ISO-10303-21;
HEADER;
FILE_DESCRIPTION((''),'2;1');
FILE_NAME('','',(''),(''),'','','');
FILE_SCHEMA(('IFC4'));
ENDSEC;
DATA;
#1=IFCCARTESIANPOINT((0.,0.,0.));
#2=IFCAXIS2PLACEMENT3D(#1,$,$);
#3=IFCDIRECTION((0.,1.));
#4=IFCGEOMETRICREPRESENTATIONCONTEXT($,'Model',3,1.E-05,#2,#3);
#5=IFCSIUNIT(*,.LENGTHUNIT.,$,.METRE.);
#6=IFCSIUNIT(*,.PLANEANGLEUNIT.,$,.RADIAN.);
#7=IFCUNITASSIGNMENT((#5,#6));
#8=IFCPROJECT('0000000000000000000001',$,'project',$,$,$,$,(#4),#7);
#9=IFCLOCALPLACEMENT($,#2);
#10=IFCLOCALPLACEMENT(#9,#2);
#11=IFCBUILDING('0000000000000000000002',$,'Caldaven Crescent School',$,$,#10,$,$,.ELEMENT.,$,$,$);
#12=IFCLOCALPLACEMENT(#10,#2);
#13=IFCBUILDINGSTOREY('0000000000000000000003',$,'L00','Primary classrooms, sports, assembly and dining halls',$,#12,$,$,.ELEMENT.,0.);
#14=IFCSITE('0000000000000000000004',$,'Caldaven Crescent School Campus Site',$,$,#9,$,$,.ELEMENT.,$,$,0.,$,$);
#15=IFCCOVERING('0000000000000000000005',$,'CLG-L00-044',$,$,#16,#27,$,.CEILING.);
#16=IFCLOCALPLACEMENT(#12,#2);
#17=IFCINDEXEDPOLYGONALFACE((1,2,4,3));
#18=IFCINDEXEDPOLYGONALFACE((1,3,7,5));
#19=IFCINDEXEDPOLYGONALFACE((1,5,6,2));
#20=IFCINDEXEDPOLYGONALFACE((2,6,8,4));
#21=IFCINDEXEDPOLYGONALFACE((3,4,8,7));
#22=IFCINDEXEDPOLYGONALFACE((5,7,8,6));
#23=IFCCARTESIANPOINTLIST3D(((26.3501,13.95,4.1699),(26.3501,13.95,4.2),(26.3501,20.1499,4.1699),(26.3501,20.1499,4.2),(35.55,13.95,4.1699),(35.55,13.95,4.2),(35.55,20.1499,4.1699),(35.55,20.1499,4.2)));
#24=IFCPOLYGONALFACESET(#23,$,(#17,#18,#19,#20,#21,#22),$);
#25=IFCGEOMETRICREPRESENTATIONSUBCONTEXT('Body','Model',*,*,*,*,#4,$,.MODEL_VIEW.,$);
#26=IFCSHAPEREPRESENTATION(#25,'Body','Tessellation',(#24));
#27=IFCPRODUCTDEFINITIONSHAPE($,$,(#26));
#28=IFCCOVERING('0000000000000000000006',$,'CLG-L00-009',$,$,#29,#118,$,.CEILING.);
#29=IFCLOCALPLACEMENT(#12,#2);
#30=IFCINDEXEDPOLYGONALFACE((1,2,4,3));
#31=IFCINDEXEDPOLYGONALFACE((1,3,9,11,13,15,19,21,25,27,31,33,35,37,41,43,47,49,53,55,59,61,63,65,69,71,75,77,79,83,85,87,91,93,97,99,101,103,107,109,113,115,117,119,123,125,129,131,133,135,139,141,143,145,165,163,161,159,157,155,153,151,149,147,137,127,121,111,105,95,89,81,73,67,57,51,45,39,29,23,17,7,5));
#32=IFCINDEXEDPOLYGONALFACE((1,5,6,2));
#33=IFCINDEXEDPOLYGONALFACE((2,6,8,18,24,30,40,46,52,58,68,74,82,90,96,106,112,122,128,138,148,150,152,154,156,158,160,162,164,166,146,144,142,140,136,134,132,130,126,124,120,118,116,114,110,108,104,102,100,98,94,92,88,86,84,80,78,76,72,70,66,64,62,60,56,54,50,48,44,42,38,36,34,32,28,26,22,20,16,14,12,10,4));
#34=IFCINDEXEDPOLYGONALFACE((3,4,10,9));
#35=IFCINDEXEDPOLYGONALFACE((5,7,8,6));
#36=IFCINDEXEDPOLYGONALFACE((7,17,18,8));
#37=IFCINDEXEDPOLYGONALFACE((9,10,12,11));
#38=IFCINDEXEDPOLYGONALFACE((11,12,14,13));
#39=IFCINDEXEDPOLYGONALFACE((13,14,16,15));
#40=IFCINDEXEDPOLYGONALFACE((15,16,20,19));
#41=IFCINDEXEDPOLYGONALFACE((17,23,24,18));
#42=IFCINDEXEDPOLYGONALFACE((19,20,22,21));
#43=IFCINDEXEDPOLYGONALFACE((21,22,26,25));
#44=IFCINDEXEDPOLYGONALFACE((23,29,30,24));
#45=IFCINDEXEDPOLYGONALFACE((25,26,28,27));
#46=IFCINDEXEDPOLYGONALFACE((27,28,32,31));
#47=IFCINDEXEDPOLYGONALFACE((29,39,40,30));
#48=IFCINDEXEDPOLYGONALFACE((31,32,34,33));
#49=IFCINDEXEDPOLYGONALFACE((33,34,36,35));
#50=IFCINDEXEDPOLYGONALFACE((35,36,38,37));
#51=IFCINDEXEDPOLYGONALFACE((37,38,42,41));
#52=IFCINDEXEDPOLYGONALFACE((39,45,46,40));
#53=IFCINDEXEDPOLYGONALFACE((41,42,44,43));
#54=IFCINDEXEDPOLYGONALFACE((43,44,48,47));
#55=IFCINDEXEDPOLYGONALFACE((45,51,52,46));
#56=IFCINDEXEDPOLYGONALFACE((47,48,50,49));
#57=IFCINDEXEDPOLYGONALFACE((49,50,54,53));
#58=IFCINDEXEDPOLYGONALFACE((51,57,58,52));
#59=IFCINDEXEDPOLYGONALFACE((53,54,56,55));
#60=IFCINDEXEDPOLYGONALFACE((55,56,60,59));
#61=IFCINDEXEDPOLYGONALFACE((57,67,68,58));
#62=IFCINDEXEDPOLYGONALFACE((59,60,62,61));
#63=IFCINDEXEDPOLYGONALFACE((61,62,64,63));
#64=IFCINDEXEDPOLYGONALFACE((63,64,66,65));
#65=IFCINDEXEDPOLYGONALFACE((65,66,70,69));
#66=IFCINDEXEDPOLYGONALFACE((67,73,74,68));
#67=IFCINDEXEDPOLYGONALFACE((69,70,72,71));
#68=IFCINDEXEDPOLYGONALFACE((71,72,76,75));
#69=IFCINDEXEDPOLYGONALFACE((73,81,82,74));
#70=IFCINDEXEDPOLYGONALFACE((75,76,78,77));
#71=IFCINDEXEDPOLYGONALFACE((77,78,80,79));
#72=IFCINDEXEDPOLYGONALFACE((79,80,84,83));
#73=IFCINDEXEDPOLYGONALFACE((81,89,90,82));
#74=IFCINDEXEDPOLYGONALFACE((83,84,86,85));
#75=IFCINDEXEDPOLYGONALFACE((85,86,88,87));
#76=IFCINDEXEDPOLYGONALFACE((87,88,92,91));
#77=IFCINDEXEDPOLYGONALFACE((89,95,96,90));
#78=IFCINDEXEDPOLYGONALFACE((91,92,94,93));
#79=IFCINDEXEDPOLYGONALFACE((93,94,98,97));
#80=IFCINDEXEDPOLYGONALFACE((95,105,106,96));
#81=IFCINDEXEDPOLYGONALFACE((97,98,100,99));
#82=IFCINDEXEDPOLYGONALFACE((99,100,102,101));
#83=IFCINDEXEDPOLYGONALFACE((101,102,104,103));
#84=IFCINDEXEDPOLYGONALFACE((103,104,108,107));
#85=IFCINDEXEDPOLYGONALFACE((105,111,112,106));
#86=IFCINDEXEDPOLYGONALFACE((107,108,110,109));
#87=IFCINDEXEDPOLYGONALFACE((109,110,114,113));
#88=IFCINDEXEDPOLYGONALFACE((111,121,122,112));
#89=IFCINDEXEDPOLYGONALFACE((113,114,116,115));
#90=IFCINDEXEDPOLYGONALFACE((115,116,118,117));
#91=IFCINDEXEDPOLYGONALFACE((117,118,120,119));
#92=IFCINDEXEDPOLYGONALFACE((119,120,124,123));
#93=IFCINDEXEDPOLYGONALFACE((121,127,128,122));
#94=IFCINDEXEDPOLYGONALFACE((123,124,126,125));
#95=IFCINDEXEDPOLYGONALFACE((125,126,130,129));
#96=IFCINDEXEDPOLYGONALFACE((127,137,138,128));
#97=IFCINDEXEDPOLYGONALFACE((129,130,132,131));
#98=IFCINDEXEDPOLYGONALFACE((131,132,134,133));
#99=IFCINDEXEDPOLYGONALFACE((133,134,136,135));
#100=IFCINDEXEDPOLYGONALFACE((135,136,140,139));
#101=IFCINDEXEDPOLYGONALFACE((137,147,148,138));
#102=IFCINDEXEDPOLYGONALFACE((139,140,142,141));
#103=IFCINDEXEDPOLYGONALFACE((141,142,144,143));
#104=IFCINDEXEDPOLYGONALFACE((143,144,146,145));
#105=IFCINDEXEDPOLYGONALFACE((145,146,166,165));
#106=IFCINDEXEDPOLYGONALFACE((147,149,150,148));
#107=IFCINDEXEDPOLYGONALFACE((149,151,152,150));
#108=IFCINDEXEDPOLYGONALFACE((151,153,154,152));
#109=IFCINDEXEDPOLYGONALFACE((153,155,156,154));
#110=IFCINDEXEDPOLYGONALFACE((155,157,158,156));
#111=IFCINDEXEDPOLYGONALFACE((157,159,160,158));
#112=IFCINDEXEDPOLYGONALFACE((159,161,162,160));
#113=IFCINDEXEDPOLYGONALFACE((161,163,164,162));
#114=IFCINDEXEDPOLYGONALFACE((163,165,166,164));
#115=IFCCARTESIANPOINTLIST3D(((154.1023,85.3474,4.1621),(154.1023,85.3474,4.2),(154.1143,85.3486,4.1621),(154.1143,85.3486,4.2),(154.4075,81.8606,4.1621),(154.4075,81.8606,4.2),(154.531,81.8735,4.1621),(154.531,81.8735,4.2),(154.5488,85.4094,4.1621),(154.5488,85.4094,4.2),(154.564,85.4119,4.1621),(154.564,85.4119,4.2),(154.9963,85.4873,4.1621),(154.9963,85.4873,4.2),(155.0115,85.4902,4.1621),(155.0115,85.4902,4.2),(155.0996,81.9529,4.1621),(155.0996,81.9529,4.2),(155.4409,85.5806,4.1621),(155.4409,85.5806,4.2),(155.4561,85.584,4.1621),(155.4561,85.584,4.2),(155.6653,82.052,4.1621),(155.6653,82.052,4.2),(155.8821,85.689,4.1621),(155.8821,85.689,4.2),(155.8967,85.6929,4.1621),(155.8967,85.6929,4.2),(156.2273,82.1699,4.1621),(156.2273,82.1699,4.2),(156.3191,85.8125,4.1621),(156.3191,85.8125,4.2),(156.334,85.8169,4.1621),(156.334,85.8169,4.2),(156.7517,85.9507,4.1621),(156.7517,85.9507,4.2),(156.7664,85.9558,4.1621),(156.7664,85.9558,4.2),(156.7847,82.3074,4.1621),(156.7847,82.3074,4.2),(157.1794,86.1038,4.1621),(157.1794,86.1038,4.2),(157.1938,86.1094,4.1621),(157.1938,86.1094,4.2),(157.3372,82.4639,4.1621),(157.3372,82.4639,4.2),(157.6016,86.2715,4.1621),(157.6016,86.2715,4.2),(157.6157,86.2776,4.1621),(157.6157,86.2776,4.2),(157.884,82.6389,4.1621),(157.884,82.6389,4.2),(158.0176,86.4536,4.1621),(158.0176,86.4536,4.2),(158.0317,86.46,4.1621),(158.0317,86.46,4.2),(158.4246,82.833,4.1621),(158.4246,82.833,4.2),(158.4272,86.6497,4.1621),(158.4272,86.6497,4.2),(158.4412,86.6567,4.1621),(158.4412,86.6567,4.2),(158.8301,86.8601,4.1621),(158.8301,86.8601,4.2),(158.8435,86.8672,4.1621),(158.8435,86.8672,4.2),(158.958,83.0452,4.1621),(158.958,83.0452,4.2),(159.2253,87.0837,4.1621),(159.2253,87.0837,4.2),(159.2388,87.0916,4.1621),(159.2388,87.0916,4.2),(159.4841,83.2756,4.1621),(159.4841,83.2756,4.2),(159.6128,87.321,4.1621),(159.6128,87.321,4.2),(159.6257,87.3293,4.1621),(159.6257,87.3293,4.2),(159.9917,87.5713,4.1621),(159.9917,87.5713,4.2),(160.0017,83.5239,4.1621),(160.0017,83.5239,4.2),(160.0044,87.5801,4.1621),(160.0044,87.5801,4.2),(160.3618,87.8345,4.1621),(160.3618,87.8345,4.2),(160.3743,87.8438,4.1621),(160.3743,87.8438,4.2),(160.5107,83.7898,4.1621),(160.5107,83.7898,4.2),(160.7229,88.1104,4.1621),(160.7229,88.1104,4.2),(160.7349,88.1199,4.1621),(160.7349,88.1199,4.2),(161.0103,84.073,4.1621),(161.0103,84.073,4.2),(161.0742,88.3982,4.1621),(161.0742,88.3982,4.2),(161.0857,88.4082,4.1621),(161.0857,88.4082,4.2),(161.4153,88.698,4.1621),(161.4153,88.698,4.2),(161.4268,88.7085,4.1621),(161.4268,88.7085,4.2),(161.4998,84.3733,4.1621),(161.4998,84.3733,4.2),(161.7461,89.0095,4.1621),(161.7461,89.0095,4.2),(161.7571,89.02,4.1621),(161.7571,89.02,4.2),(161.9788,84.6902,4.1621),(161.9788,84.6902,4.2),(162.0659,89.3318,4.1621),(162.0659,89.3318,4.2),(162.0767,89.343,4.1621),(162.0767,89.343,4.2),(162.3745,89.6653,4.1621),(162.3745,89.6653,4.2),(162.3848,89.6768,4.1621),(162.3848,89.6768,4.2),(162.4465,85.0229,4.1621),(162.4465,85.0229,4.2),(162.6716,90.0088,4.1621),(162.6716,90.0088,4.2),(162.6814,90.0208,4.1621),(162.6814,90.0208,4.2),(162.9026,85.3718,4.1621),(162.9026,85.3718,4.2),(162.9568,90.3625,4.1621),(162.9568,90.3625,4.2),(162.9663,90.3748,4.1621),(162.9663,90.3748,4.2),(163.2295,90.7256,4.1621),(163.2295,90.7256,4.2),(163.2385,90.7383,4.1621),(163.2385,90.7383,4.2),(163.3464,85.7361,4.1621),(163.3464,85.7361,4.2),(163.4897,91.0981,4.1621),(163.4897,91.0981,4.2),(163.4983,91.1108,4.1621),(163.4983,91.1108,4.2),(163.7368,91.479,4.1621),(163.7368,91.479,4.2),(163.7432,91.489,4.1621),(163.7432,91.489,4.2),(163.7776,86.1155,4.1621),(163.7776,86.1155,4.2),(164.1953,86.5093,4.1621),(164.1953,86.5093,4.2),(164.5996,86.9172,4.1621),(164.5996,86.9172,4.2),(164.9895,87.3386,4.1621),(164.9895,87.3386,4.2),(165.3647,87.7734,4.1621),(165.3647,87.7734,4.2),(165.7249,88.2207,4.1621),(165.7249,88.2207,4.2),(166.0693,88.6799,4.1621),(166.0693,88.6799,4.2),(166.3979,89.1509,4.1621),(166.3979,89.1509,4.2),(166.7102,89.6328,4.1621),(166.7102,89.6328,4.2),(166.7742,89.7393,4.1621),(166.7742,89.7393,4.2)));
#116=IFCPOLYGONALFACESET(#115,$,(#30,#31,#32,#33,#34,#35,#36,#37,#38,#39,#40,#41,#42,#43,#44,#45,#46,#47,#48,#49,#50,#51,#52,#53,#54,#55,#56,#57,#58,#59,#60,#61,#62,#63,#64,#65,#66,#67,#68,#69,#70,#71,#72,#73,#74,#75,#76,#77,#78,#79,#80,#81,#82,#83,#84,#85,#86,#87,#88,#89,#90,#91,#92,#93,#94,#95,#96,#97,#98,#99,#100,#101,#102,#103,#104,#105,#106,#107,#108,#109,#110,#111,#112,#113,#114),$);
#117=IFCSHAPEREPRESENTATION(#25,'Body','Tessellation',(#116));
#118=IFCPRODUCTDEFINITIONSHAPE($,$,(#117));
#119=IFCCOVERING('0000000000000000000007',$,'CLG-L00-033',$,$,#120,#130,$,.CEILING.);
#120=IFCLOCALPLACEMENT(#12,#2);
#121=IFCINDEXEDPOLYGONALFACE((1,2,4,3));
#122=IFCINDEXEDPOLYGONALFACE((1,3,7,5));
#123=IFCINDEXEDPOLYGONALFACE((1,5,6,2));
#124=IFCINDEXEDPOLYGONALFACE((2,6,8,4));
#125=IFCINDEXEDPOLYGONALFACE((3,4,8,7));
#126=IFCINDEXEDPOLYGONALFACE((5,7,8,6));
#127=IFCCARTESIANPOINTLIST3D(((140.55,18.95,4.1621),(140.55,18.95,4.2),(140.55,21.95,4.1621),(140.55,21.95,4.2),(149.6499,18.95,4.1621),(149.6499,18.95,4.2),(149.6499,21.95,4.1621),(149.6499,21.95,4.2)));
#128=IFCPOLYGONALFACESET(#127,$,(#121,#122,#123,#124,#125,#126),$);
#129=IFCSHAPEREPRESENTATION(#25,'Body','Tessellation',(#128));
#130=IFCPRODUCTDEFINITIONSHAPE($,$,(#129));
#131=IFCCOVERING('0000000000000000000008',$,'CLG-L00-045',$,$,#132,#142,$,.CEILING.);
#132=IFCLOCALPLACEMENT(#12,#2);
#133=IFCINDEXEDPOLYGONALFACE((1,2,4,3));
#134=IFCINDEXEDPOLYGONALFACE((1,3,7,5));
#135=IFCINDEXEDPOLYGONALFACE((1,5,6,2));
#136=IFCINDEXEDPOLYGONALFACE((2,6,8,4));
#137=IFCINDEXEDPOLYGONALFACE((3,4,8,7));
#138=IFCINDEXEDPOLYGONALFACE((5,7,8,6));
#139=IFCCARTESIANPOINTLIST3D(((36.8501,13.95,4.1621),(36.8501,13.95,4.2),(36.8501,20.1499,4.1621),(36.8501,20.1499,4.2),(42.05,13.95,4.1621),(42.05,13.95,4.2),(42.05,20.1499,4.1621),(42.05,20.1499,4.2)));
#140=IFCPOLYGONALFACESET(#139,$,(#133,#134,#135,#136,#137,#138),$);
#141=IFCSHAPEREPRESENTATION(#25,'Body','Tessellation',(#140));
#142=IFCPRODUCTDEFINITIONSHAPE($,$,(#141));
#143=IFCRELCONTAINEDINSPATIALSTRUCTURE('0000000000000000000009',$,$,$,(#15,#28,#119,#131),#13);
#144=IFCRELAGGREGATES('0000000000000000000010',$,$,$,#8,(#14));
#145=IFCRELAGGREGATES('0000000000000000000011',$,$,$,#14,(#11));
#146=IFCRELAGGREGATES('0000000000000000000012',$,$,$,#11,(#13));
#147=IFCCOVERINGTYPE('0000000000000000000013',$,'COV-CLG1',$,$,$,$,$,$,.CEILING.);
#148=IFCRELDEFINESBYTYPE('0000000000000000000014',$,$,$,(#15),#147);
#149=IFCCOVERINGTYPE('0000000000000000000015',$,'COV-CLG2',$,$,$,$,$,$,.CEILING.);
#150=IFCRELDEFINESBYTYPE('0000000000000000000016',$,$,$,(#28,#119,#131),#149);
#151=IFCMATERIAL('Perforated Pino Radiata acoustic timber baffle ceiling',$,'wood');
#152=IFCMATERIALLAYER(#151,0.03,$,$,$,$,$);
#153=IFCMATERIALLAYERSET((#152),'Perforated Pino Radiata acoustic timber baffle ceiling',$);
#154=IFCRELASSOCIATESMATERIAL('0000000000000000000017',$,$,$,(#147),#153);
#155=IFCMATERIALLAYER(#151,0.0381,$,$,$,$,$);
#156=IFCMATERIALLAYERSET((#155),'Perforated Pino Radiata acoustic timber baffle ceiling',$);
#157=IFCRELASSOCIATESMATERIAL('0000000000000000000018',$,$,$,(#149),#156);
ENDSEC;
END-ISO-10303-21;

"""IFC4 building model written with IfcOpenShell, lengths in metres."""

from ifc_helpers import new_model, si_unit, direction, frame, origin, place, context, subcontext, project, spatial, polyline, outline, extrude, material, layer, layer_set, type_object, element, save


model = new_model("IFC4")

# Units and contexts
model_context = context("Model", 3, precision=1e-05, world=origin(), true_north=direction((0.0, 1.0)))
body_context = subcontext(model_context, "Body", "Model", "MODEL_VIEW")
ifc_project = project(units=[si_unit("LENGTHUNIT", "METRE"), si_unit("PLANEANGLEUNIT", "RADIAN")], contexts=[model_context])

# Site, building, storey
site_placement = place(None, origin())
site = spatial("IfcSite", under=ifc_project, at=site_placement, Name="Caldaven Crescent School Campus Site", CompositionType="ELEMENT", RefElevation=0.0)
building_placement = place(site_placement, origin())
building = spatial("IfcBuilding", under=site, at=building_placement, Name="Caldaven Crescent School", CompositionType="ELEMENT")
storey_placement = place(building_placement, origin())
storey = spatial("IfcBuildingStorey", under=building, at=storey_placement, Name="L00", Description="Primary classrooms, sports, assembly and dining halls", CompositionType="ELEMENT", Elevation=0.0)

# Coverings
ifc_material_1 = material(Name="Perforated Pino Radiata acoustic timber baffle ceiling", Category="wood")
ifc_layer_1 = layer(ifc_material_1, 0.03)
ifc_layer_set_1 = layer_set([ifc_layer_1], Name="Perforated Pino Radiata acoustic timber baffle ceiling")
covering_type_1 = type_object("IfcCoveringType", Name="COV-CLG1", PredefinedType="CEILING", material=ifc_layer_set_1)
covering_1_placement = place(storey_placement, frame((0.0, 0.0, 4.1699)))
element("IfcCovering", 1, at=covering_1_placement, inside=storey, type_object=covering_type_1, Name="CLG-L00-044", PredefinedType="CEILING", context=body_context, shape_type="SweptSolid", body=[
    extrude(outline(polyline([(35.55, 20.1499), (35.55, 13.95), (26.3501, 13.95), (26.3501, 20.1499), (35.55, 20.1499)])), origin(), (0.0, 0.0, 1.0), 0.03),
])
ifc_layer_2 = layer(ifc_material_1, 0.0381)
ifc_layer_set_2 = layer_set([ifc_layer_2], Name="Perforated Pino Radiata acoustic timber baffle ceiling")
covering_type_2 = type_object("IfcCoveringType", Name="COV-CLG2", PredefinedType="CEILING", material=ifc_layer_set_2)
covering_2_placement = place(storey_placement, frame((0.0, 0.0, 4.1621)))
element("IfcCovering", 2, at=covering_2_placement, inside=storey, type_object=covering_type_2, Name="CLG-L00-009", PredefinedType="CEILING", context=body_context, shape_type="SweptSolid", body=[
    extrude(outline(polyline([(154.1143, 85.3486), (154.5488, 85.4094), (154.564, 85.4119), (154.9963, 85.4873), (155.0115, 85.4902), (155.4409, 85.5806), (155.4561, 85.584), (155.8821, 85.689), (155.8967, 85.6929), (156.3191, 85.8125), (156.334, 85.8169), (156.7517, 85.9507), (156.7664, 85.9558), (157.1794, 86.1038), (157.1938, 86.1094), (157.6016, 86.2715), (157.6157, 86.2776), (158.0176, 86.4536), (158.0317, 86.46), (158.4272, 86.6497), (158.4412, 86.6567), (158.8301, 86.8601), (158.8435, 86.8672), (159.2253, 87.0837), (159.2388, 87.0916), (159.6128, 87.321), (159.6257, 87.3293), (159.9917, 87.5713), (160.0044, 87.5801), (160.3618, 87.8345), (160.3743, 87.8438), (160.7229, 88.1104), (160.7349, 88.1199), (161.0742, 88.3982), (161.0857, 88.4082), (161.4153, 88.698), (161.4268, 88.7085), (161.7461, 89.0095), (161.7571, 89.02), (162.0659, 89.3318), (162.0767, 89.343), (162.3745, 89.6653), (162.3848, 89.6768), (162.6716, 90.0088), (162.6814, 90.0208), (162.9568, 90.3625), (162.9663, 90.3748), (163.2295, 90.7256), (163.2385, 90.7383), (163.4897, 91.0981), (163.4983, 91.1108), (163.7368, 91.479), (163.7432, 91.489), (166.7742, 89.7393), (166.7102, 89.6328), (166.3979, 89.1509), (166.0693, 88.6799), (165.7249, 88.2207), (165.3647, 87.7734), (164.9895, 87.3386), (164.5996, 86.9172), (164.1953, 86.5093), (163.7776, 86.1155), (163.3464, 85.7361), (162.9026, 85.3718), (162.4465, 85.0229), (161.9788, 84.6902), (161.4998, 84.3733), (161.0103, 84.073), (160.5107, 83.7898), (160.0017, 83.5239), (159.4841, 83.2756), (158.958, 83.0452), (158.4246, 82.833), (157.884, 82.6389), (157.3372, 82.4639), (156.7847, 82.3074), (156.2273, 82.1699), (155.6653, 82.052), (155.0996, 81.9529), (154.531, 81.8735), (154.4075, 81.8606), (154.1023, 85.3474), (154.1143, 85.3486)])), origin(), (0.0, 0.0, 1.0), 0.0378),
])
covering_3_placement = place(storey_placement, frame((0.0, 0.0, 4.1621)))
element("IfcCovering", 3, at=covering_3_placement, inside=storey, type_object=covering_type_2, Name="CLG-L00-033", PredefinedType="CEILING", context=body_context, shape_type="SweptSolid", body=[
    extrude(outline(polyline([(149.6499, 21.95), (149.6499, 18.95), (140.55, 18.95), (140.55, 21.95), (149.6499, 21.95)])), origin(), (0.0, 0.0, 1.0), 0.0378),
])
covering_4_placement = place(storey_placement, frame((0.0, 0.0, 4.1621)))
element("IfcCovering", 4, at=covering_4_placement, inside=storey, type_object=covering_type_2, Name="CLG-L00-045", PredefinedType="CEILING", context=body_context, shape_type="SweptSolid", body=[
    extrude(outline(polyline([(42.05, 20.1499), (42.05, 13.95), (36.8501, 13.95), (36.8501, 20.1499), (42.05, 20.1499)])), origin(), (0.0, 0.0, 1.0), 0.0378),
])

save(model, "model.ifc")
